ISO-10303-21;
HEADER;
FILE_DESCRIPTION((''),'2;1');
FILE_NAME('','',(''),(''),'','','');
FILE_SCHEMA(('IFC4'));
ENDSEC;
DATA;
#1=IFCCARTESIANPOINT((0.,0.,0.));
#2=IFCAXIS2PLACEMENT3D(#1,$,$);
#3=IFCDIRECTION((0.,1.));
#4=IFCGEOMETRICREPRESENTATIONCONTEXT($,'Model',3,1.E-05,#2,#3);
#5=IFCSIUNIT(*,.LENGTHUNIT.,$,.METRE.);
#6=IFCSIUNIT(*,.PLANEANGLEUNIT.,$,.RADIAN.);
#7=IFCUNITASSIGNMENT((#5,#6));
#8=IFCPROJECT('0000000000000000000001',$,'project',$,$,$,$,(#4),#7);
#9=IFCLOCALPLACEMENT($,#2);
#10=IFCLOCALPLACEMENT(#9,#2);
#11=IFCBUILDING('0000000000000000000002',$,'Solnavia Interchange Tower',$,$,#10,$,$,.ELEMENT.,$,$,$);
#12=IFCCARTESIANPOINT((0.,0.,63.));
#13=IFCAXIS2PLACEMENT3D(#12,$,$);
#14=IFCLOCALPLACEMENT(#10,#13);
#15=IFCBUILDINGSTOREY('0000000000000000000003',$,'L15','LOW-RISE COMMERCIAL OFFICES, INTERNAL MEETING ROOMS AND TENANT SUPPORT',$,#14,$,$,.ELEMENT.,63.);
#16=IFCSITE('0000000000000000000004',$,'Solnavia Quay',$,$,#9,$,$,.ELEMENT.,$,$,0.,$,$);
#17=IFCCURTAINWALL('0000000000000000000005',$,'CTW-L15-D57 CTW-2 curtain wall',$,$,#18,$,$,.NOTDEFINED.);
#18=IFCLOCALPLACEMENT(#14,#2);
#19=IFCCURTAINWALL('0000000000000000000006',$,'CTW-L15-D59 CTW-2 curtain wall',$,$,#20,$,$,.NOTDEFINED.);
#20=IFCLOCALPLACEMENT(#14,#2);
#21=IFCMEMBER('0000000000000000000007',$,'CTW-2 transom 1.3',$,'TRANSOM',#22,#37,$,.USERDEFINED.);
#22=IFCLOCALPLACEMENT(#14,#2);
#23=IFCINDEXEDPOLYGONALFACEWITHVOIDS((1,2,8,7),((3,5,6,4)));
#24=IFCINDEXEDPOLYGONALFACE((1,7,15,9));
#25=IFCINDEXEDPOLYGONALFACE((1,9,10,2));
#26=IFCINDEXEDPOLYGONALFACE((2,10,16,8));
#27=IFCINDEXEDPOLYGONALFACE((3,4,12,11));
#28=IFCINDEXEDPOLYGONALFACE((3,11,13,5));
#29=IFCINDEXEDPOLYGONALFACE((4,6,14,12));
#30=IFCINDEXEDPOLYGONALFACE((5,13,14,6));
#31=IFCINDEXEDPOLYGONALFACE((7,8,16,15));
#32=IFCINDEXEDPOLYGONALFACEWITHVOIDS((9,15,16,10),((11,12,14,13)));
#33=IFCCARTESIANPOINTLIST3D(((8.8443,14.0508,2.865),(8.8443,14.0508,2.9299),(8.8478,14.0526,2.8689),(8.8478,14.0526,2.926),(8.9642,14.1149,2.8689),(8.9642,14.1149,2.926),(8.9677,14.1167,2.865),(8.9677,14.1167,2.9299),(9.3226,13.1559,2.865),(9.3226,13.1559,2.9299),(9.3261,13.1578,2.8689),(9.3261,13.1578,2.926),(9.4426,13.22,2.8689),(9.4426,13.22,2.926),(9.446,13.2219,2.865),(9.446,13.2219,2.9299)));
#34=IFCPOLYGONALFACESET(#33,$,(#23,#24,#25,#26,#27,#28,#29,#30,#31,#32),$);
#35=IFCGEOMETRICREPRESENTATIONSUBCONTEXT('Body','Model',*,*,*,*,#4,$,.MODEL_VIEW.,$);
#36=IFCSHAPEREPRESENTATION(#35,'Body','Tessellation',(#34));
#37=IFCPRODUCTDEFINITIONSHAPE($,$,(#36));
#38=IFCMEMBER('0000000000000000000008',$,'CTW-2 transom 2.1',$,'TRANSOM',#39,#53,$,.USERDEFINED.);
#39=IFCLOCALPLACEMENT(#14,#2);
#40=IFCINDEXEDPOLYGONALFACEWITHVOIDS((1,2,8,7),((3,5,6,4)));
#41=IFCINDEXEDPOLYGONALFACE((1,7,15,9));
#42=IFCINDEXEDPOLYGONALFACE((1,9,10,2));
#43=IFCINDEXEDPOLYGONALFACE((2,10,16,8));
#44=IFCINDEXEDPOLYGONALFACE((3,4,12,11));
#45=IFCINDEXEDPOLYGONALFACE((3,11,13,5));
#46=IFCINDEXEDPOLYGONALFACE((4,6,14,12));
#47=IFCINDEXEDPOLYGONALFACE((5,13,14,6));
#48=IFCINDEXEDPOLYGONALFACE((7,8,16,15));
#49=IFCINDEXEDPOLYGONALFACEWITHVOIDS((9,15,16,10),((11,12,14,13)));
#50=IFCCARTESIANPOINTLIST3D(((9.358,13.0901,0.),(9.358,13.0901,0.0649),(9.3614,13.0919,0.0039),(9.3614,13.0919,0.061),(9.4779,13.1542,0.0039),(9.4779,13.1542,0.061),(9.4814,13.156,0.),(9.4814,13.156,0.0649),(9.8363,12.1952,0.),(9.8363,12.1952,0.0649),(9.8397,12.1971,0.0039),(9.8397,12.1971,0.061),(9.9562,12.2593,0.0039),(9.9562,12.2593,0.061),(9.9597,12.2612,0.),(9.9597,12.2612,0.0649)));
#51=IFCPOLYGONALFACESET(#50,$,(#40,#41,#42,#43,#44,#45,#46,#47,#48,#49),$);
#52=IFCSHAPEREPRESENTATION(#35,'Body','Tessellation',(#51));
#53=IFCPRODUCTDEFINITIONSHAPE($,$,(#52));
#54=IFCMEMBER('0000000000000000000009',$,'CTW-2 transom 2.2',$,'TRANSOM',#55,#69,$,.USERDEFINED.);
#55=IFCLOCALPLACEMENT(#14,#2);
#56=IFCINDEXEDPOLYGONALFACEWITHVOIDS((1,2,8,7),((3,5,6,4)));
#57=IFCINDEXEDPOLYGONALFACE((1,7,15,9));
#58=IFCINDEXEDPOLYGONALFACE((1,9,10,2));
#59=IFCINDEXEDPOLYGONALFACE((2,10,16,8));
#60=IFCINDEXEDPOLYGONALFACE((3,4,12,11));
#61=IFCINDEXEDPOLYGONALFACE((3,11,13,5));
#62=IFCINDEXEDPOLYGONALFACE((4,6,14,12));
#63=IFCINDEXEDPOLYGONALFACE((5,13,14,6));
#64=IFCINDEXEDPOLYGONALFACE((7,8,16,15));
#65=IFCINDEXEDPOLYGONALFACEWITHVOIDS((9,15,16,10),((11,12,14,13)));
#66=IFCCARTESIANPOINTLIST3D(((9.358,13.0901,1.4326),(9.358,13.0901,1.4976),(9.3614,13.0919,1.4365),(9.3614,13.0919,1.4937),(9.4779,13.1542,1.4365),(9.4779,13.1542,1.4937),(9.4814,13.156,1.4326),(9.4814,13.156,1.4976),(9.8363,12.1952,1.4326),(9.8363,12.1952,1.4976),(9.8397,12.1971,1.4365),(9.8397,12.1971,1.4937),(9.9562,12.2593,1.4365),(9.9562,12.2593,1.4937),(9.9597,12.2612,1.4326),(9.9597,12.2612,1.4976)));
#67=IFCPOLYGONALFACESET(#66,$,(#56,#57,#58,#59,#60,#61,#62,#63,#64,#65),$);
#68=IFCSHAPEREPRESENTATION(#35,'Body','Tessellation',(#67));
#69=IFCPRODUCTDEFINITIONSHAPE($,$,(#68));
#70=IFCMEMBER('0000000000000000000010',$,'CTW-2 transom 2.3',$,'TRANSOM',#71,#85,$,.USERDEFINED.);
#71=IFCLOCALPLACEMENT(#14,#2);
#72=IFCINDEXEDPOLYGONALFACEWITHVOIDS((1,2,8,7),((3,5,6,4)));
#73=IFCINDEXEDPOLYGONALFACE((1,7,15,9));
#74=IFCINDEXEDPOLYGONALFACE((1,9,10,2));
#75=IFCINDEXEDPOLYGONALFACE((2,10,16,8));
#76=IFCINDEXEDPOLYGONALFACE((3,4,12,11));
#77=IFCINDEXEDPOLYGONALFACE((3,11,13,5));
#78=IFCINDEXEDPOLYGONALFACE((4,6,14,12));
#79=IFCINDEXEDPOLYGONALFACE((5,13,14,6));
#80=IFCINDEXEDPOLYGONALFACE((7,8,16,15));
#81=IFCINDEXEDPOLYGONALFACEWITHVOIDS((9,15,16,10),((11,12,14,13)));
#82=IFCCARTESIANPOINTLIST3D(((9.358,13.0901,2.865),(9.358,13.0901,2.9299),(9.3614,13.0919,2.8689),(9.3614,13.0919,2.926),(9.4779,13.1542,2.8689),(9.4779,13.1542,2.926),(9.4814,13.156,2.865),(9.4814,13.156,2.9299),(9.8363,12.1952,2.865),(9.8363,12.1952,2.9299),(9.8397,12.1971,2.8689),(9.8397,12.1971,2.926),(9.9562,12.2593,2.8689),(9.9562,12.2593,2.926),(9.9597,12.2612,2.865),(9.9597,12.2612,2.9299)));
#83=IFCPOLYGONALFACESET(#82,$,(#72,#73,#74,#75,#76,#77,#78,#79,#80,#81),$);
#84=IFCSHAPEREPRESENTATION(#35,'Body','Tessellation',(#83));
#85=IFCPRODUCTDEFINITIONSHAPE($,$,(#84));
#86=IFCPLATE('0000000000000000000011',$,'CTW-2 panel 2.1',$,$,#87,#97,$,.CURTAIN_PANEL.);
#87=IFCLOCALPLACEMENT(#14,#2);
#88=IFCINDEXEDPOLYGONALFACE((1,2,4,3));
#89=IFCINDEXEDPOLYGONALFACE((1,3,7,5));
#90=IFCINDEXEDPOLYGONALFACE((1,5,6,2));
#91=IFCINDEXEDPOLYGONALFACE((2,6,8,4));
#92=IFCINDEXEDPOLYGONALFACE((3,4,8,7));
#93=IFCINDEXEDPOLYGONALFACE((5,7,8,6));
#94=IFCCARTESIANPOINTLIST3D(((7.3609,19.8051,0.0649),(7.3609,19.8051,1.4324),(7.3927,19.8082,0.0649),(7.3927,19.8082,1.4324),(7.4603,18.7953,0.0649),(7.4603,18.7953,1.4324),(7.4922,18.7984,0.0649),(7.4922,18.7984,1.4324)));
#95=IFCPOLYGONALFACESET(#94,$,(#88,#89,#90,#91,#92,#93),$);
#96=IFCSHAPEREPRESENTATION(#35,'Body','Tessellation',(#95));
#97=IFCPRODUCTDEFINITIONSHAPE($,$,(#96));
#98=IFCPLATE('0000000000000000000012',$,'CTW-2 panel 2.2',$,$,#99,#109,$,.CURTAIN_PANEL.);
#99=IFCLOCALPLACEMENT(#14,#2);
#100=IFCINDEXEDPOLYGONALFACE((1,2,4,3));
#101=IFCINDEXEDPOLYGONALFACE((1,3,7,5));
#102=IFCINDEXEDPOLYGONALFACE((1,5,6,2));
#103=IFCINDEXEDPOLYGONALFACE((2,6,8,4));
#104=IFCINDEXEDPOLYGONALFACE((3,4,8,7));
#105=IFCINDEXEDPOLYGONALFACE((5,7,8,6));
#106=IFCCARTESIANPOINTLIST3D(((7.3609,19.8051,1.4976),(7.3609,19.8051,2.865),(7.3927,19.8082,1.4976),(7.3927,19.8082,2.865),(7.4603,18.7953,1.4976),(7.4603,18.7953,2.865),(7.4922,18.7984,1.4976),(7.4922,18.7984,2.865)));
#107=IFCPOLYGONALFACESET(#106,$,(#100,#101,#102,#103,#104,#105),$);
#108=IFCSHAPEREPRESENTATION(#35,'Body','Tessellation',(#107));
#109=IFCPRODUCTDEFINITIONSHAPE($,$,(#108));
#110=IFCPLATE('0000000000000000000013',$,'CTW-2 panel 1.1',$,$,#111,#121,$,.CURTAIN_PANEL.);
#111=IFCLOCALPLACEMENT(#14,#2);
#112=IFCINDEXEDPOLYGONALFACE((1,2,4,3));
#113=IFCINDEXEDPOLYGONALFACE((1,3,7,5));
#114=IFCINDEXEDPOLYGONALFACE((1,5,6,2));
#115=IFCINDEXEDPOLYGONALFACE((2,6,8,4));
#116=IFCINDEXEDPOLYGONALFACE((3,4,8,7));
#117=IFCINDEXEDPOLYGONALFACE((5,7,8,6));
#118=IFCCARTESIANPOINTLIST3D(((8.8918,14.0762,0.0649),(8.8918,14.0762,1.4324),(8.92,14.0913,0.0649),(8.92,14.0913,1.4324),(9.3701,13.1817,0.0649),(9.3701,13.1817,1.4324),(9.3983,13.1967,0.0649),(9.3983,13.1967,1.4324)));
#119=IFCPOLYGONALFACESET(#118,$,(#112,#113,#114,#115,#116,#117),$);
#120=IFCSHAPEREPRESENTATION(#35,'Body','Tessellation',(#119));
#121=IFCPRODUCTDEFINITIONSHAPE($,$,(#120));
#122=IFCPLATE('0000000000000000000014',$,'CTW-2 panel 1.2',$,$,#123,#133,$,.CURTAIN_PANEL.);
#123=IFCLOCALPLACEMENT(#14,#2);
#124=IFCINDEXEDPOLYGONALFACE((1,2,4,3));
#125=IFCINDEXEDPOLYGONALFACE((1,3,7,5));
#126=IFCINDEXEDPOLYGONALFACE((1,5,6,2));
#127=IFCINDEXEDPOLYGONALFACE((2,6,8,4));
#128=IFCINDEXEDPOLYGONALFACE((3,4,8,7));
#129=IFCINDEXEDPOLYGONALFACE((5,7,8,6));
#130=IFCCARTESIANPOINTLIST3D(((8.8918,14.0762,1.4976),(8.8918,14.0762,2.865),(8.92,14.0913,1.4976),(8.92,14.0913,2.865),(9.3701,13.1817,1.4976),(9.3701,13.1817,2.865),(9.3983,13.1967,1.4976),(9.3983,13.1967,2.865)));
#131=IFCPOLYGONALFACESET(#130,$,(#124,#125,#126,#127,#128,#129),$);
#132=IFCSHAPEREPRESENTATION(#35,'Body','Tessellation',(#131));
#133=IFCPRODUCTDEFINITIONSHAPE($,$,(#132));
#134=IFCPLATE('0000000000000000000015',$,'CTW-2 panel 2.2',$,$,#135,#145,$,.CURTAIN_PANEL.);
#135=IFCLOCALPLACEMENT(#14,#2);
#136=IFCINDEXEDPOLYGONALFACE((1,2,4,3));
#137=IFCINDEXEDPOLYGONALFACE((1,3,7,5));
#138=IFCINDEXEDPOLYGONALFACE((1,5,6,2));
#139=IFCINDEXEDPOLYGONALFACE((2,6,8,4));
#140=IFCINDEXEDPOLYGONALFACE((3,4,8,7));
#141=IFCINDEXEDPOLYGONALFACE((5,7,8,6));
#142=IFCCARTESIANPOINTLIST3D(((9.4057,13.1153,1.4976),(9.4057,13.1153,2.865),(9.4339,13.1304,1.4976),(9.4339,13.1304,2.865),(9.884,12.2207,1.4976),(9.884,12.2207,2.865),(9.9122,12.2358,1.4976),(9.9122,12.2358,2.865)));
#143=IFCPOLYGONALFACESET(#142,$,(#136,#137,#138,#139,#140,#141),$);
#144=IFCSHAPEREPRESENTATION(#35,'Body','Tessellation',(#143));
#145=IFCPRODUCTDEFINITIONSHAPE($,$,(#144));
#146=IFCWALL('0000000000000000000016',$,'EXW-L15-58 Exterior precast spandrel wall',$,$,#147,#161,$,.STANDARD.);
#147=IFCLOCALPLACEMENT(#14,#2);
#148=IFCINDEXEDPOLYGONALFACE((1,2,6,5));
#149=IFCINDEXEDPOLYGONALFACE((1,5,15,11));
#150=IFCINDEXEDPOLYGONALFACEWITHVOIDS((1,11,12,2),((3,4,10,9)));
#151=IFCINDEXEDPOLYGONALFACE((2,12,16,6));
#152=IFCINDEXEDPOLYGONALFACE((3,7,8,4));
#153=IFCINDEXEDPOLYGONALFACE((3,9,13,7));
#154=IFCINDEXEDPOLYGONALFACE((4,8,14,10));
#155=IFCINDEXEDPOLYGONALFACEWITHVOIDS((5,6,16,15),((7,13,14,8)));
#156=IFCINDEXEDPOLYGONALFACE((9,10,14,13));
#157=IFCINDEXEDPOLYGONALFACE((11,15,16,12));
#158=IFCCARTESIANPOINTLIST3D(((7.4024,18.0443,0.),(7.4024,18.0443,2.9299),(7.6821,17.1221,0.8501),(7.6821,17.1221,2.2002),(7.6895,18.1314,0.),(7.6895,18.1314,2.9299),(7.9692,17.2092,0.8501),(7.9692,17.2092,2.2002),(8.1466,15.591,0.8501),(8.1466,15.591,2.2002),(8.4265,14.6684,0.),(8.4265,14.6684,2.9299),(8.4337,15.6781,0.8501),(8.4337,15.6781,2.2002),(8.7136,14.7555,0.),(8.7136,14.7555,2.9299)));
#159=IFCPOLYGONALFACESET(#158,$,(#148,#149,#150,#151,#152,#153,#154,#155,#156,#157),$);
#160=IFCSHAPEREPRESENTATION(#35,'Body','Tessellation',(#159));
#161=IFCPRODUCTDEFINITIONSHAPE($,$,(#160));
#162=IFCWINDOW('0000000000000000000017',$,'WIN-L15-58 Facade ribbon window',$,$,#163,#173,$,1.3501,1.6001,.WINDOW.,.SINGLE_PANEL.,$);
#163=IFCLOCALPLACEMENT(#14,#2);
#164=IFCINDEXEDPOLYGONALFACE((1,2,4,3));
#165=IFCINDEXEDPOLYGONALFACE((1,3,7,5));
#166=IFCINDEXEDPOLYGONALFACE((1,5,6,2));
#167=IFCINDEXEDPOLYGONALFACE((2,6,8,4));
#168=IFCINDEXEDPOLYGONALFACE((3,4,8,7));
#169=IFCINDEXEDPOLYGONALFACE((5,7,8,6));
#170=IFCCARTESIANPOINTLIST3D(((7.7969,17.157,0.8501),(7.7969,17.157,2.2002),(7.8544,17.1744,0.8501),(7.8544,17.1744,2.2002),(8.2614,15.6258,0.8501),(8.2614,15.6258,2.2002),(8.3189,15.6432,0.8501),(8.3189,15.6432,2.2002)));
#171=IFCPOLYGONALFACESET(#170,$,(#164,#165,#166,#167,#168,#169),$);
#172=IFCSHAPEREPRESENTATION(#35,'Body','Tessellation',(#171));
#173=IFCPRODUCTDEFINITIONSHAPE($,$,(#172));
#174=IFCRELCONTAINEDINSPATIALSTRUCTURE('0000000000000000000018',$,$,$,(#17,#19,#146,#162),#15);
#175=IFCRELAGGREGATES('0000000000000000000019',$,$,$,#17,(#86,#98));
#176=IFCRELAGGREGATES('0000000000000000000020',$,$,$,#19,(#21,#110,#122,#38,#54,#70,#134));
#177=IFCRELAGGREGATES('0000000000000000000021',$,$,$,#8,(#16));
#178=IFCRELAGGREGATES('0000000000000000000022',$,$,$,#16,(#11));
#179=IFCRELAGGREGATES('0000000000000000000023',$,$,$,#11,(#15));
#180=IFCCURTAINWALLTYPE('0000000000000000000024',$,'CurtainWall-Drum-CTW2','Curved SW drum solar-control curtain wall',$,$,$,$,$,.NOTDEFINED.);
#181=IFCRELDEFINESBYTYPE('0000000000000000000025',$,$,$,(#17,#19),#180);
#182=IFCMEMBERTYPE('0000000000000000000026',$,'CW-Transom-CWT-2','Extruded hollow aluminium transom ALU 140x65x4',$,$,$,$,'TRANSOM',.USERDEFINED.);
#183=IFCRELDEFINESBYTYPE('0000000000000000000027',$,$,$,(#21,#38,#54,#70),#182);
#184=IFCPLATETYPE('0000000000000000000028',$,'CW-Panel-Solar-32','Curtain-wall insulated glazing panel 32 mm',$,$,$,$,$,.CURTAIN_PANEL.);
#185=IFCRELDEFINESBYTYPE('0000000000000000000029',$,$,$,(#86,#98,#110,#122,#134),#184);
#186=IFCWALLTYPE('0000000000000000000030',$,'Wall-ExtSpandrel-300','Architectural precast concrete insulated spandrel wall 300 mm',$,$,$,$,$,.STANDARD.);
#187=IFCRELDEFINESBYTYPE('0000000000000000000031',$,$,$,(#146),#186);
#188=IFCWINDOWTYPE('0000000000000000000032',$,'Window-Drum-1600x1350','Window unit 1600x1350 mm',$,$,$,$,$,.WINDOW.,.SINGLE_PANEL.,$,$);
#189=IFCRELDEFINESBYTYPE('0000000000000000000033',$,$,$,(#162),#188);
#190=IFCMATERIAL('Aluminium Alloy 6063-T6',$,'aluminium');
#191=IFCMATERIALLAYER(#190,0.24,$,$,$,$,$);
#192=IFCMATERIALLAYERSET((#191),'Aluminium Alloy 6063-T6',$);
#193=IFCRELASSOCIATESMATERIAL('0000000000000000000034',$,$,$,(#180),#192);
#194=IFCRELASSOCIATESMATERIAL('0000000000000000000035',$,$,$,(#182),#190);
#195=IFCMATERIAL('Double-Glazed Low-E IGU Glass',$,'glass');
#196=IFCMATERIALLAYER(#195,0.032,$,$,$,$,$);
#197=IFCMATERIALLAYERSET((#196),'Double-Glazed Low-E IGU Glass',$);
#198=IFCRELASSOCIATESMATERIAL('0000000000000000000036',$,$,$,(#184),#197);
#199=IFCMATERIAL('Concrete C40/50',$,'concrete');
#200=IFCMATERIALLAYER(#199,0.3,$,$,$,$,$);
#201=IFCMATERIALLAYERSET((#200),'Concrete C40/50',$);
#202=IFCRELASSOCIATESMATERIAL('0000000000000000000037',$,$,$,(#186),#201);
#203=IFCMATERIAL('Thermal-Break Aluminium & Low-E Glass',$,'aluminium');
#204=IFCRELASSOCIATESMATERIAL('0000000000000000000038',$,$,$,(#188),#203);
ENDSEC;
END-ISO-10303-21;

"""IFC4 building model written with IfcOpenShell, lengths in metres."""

from ifc_helpers import new_model, si_unit, direction, frame, frame_2d, origin, origin_2d, place, context, subcontext, project, spatial, rectangle, hollow_rectangle, extrude, material, layer, layer_set, material_profile, profile_set, type_object, element, fill, aggregate, save


model = new_model("IFC4")

# Units and contexts
model_context = context("Model", 3, precision=1e-05, world=origin(), true_north=direction((0.0, 1.0)))
body_context = subcontext(model_context, "Body", "Model", "MODEL_VIEW")
ifc_project = project(units=[si_unit("LENGTHUNIT", "METRE"), si_unit("PLANEANGLEUNIT", "RADIAN")], contexts=[model_context])

# Site, building, storey
site_placement = place(None, origin())
site = spatial("IfcSite", under=ifc_project, at=site_placement, Name="Solnavia Quay", CompositionType="ELEMENT", RefElevation=0.0)
building_placement = place(site_placement, origin())
building = spatial("IfcBuilding", under=site, at=building_placement, Name="Solnavia Interchange Tower", CompositionType="ELEMENT")
storey_placement = place(building_placement, frame((0.0, 0.0, 63.0)))
storey = spatial("IfcBuildingStorey", under=building, at=storey_placement, Name="L15", Description="LOW-RISE COMMERCIAL OFFICES, INTERNAL MEETING ROOMS AND TENANT SUPPORT", CompositionType="ELEMENT", Elevation=63.0)

# Curtain walls
ifc_material_1 = material(Name="Aluminium Alloy 6063-T6", Category="aluminium")
ifc_layer_1 = layer(ifc_material_1, 0.24)
ifc_layer_set_1 = layer_set([ifc_layer_1], Name="Aluminium Alloy 6063-T6")
curtain_wall_type = type_object("IfcCurtainWallType", Name="CurtainWall-Drum-CTW2", Description="Curved SW drum solar-control curtain wall", PredefinedType="NOTDEFINED", material=ifc_layer_set_1)
curtain_wall_1_placement = place(storey_placement, origin())
curtain_wall_1 = element("IfcCurtainWall", 1, at=curtain_wall_1_placement, inside=storey, type_object=curtain_wall_type, Name="CTW-L15-D57 CTW-2 curtain wall", PredefinedType="NOTDEFINED")
curtain_wall_2_placement = place(storey_placement, origin())
curtain_wall_2 = element("IfcCurtainWall", 2, at=curtain_wall_2_placement, inside=storey, type_object=curtain_wall_type, Name="CTW-L15-D59 CTW-2 curtain wall", PredefinedType="NOTDEFINED")

# Members
ifc_material_profile_1 = material_profile(ifc_material_1, hollow_rectangle(XDim=0.0649, YDim=0.1399, WallThickness=0.0039, at=origin_2d()), Name="ALU 140x65x4")
ifc_profile_set_1 = profile_set([ifc_material_profile_1], Name="Aluminium Alloy 6063-T6")
member_type_1 = type_object("IfcMemberType", Name="CW-Transom-CWT-2", Description="Extruded hollow aluminium transom ALU 140x65x4", ElementType="TRANSOM", PredefinedType="USERDEFINED", material=ifc_profile_set_1)
member_1_placement = place(storey_placement, frame((8.906, 14.0837, 2.8975), z_axis=(0.4714, -0.88192, 0.0), x_axis=(0.0, 0.0, 1.0)))
member_1 = element("IfcMember", 3, at=member_1_placement, type_object=member_type_1, Name="CTW-2 transom 1.3", ObjectType="TRANSOM", PredefinedType="USERDEFINED", context=body_context, shape_type="SweptSolid", body=[
    extrude(hollow_rectangle(XDim=0.0649, YDim=0.1399, WallThickness=0.0039, at=origin_2d()), origin(), (0.0, 0.0, 1.0), 1.0146),
])
member_2_placement = place(storey_placement, frame((9.4197, 13.123, 0.0325), z_axis=(0.4714, -0.88192, 0.0), x_axis=(0.0, 0.0, 1.0)))
member_2 = element("IfcMember", 4, at=member_2_placement, type_object=member_type_1, Name="CTW-2 transom 2.1", ObjectType="TRANSOM", PredefinedType="USERDEFINED", context=body_context, shape_type="SweptSolid", body=[
    extrude(hollow_rectangle(XDim=0.0649, YDim=0.1399, WallThickness=0.0039, at=origin_2d()), origin(), (0.0, 0.0, 1.0), 1.0146),
])
member_3_placement = place(storey_placement, frame((9.4197, 13.123, 1.4651), z_axis=(0.4714, -0.88192, 0.0), x_axis=(0.0, 0.0, 1.0)))
member_3 = element("IfcMember", 5, at=member_3_placement, type_object=member_type_1, Name="CTW-2 transom 2.2", ObjectType="TRANSOM", PredefinedType="USERDEFINED", context=body_context, shape_type="SweptSolid", body=[
    extrude(hollow_rectangle(XDim=0.0649, YDim=0.1399, WallThickness=0.0039, at=origin_2d()), origin(), (0.0, 0.0, 1.0), 1.0146),
])
member_4_placement = place(storey_placement, frame((9.4197, 13.123, 2.8975), z_axis=(0.4714, -0.88192, 0.0), x_axis=(0.0, 0.0, 1.0)))
member_4 = element("IfcMember", 6, at=member_4_placement, type_object=member_type_1, Name="CTW-2 transom 2.3", ObjectType="TRANSOM", PredefinedType="USERDEFINED", context=body_context, shape_type="SweptSolid", body=[
    extrude(hollow_rectangle(XDim=0.0649, YDim=0.1399, WallThickness=0.0039, at=origin_2d()), origin(), (0.0, 0.0, 1.0), 1.0146),
])

# Plates
ifc_material_2 = material(Name="Double-Glazed Low-E IGU Glass", Category="glass")
ifc_layer_2 = layer(ifc_material_2, 0.032)
ifc_layer_set_2 = layer_set([ifc_layer_2], Name="Double-Glazed Low-E IGU Glass")
plate_type = type_object("IfcPlateType", Name="CW-Panel-Solar-32", Description="Curtain-wall insulated glazing panel 32 mm", PredefinedType="CURTAIN_PANEL", material=ifc_layer_set_2)
plate_1_placement = place(storey_placement, frame((7.4265, 19.3018, 0.0649), z_axis=(0.0, 0.0, 1.0), x_axis=(0.098045, -0.995182, 0.0)))
plate_1 = element("IfcPlate", 7, at=plate_1_placement, type_object=plate_type, Name="CTW-2 panel 2.1", PredefinedType="CURTAIN_PANEL", context=body_context, shape_type="SweptSolid", body=[
    extrude(rectangle(XDim=1.0146, YDim=0.032, at=origin_2d()), origin(), (0.0, 0.0, 1.0), 1.3674),
])
plate_2_placement = place(storey_placement, frame((7.4265, 19.3018, 1.4976), z_axis=(0.0, 0.0, 1.0), x_axis=(0.098045, -0.995182, 0.0)))
plate_2 = element("IfcPlate", 8, at=plate_2_placement, type_object=plate_type, Name="CTW-2 panel 2.2", PredefinedType="CURTAIN_PANEL", context=body_context, shape_type="SweptSolid", body=[
    extrude(rectangle(XDim=1.0146, YDim=0.032, at=origin_2d()), origin(), (0.0, 0.0, 1.0), 1.3674),
])
aggregate(curtain_wall_1, [plate_1, plate_2])
plate_3_placement = place(storey_placement, frame((9.145, 13.6365, 0.0649), z_axis=(0.0, 0.0, 1.0), x_axis=(0.471537, -0.881846, 0.0)))
plate_3 = element("IfcPlate", 9, at=plate_3_placement, type_object=plate_type, Name="CTW-2 panel 1.1", PredefinedType="CURTAIN_PANEL", context=body_context, shape_type="SweptSolid", body=[
    extrude(rectangle(XDim=1.0144, YDim=0.032, at=origin_2d()), origin(), (0.0, 0.0, 1.0), 1.3674),
])
plate_4_placement = place(storey_placement, frame((9.145, 13.6365, 1.4976), z_axis=(0.0, 0.0, 1.0), x_axis=(0.471537, -0.881846, 0.0)))
plate_4 = element("IfcPlate", 10, at=plate_4_placement, type_object=plate_type, Name="CTW-2 panel 1.2", PredefinedType="CURTAIN_PANEL", context=body_context, shape_type="SweptSolid", body=[
    extrude(rectangle(XDim=1.0144, YDim=0.032, at=origin_2d()), origin(), (0.0, 0.0, 1.0), 1.3674),
])
plate_5_placement = place(storey_placement, frame((9.6589, 12.6755, 1.4976), z_axis=(0.0, 0.0, 1.0), x_axis=(0.471537, -0.881846, 0.0)))
plate_5 = element("IfcPlate", 11, at=plate_5_placement, type_object=plate_type, Name="CTW-2 panel 2.2", PredefinedType="CURTAIN_PANEL", context=body_context, shape_type="SweptSolid", body=[
    extrude(rectangle(XDim=1.0144, YDim=0.032, at=origin_2d()), origin(), (0.0, 0.0, 1.0), 1.3674),
])
aggregate(curtain_wall_2, [member_1, plate_3, plate_4, member_2, member_3, member_4, plate_5])

# Wall, opening, window
ifc_material_3 = material(Name="Concrete C40/50", Category="concrete")
ifc_layer_3 = layer(ifc_material_3, 0.3)
ifc_layer_set_3 = layer_set([ifc_layer_3], Name="Concrete C40/50")
wall_type = type_object("IfcWallType", Name="Wall-ExtSpandrel-300", Description="Architectural precast concrete insulated spandrel wall 300 mm", PredefinedType="STANDARD", material=ifc_layer_set_3)
wall_placement = place(storey_placement, frame((8.5701, 14.7119, 0.0), z_axis=(0.0, 0.0, 1.0), x_axis=(-0.290305, 0.956934, 0.0)))
wall = element("IfcWall", 12, at=wall_placement, inside=storey, type_object=wall_type, Name="EXW-L15-58 Exterior precast spandrel wall", PredefinedType="STANDARD", context=body_context, shape_type="SweptSolid", body=[
    extrude(rectangle(XDim=3.5278, YDim=0.3, at=frame_2d((1.7639, 0.0))), origin(), (0.0, 0.0, 1.0), 2.9299),
])
opening_placement = place(wall_placement, frame((0.9641, 0.0, 0.8501)))
opening = element("IfcOpeningElement", 13, at=opening_placement, cuts=wall, PredefinedType="OPENING", context=body_context, shape_type="SweptSolid", body=[
    extrude(rectangle(XDim=1.6001, YDim=1.3501, at=frame_2d((0.8, 0.675))), frame((0.0, 0.1602, 0.0), z_axis=(0.0, -1.0, 0.0), x_axis=(1.0, 0.0, 0.0)), (0.0, 0.0, 1.0), 0.3201),
])
ifc_material_4 = material(Name="Thermal-Break Aluminium & Low-E Glass", Category="aluminium")
window_type = type_object("IfcWindowType", Name="Window-Drum-1600x1350", Description="Window unit 1600x1350 mm", PartitioningType="SINGLE_PANEL", PredefinedType="WINDOW", material=ifc_material_4)
window_placement = place(opening_placement, origin())
window = element("IfcWindow", 14, at=window_placement, inside=storey, type_object=window_type, Name="WIN-L15-58 Facade ribbon window", OverallHeight=1.3501, OverallWidth=1.6001, PartitioningType="SINGLE_PANEL", PredefinedType="WINDOW", context=body_context, shape_type="SweptSolid", body=[
    extrude(rectangle(XDim=1.6001, YDim=1.3501, at=frame_2d((0.8, 0.675))), frame((0.0, 0.03, 0.0), z_axis=(0.0, -1.0, 0.0), x_axis=(1.0, 0.0, 0.0)), (0.0, 0.0, 1.0), 0.0601),
])
fill(opening, window)

save(model, "model.ifc")
